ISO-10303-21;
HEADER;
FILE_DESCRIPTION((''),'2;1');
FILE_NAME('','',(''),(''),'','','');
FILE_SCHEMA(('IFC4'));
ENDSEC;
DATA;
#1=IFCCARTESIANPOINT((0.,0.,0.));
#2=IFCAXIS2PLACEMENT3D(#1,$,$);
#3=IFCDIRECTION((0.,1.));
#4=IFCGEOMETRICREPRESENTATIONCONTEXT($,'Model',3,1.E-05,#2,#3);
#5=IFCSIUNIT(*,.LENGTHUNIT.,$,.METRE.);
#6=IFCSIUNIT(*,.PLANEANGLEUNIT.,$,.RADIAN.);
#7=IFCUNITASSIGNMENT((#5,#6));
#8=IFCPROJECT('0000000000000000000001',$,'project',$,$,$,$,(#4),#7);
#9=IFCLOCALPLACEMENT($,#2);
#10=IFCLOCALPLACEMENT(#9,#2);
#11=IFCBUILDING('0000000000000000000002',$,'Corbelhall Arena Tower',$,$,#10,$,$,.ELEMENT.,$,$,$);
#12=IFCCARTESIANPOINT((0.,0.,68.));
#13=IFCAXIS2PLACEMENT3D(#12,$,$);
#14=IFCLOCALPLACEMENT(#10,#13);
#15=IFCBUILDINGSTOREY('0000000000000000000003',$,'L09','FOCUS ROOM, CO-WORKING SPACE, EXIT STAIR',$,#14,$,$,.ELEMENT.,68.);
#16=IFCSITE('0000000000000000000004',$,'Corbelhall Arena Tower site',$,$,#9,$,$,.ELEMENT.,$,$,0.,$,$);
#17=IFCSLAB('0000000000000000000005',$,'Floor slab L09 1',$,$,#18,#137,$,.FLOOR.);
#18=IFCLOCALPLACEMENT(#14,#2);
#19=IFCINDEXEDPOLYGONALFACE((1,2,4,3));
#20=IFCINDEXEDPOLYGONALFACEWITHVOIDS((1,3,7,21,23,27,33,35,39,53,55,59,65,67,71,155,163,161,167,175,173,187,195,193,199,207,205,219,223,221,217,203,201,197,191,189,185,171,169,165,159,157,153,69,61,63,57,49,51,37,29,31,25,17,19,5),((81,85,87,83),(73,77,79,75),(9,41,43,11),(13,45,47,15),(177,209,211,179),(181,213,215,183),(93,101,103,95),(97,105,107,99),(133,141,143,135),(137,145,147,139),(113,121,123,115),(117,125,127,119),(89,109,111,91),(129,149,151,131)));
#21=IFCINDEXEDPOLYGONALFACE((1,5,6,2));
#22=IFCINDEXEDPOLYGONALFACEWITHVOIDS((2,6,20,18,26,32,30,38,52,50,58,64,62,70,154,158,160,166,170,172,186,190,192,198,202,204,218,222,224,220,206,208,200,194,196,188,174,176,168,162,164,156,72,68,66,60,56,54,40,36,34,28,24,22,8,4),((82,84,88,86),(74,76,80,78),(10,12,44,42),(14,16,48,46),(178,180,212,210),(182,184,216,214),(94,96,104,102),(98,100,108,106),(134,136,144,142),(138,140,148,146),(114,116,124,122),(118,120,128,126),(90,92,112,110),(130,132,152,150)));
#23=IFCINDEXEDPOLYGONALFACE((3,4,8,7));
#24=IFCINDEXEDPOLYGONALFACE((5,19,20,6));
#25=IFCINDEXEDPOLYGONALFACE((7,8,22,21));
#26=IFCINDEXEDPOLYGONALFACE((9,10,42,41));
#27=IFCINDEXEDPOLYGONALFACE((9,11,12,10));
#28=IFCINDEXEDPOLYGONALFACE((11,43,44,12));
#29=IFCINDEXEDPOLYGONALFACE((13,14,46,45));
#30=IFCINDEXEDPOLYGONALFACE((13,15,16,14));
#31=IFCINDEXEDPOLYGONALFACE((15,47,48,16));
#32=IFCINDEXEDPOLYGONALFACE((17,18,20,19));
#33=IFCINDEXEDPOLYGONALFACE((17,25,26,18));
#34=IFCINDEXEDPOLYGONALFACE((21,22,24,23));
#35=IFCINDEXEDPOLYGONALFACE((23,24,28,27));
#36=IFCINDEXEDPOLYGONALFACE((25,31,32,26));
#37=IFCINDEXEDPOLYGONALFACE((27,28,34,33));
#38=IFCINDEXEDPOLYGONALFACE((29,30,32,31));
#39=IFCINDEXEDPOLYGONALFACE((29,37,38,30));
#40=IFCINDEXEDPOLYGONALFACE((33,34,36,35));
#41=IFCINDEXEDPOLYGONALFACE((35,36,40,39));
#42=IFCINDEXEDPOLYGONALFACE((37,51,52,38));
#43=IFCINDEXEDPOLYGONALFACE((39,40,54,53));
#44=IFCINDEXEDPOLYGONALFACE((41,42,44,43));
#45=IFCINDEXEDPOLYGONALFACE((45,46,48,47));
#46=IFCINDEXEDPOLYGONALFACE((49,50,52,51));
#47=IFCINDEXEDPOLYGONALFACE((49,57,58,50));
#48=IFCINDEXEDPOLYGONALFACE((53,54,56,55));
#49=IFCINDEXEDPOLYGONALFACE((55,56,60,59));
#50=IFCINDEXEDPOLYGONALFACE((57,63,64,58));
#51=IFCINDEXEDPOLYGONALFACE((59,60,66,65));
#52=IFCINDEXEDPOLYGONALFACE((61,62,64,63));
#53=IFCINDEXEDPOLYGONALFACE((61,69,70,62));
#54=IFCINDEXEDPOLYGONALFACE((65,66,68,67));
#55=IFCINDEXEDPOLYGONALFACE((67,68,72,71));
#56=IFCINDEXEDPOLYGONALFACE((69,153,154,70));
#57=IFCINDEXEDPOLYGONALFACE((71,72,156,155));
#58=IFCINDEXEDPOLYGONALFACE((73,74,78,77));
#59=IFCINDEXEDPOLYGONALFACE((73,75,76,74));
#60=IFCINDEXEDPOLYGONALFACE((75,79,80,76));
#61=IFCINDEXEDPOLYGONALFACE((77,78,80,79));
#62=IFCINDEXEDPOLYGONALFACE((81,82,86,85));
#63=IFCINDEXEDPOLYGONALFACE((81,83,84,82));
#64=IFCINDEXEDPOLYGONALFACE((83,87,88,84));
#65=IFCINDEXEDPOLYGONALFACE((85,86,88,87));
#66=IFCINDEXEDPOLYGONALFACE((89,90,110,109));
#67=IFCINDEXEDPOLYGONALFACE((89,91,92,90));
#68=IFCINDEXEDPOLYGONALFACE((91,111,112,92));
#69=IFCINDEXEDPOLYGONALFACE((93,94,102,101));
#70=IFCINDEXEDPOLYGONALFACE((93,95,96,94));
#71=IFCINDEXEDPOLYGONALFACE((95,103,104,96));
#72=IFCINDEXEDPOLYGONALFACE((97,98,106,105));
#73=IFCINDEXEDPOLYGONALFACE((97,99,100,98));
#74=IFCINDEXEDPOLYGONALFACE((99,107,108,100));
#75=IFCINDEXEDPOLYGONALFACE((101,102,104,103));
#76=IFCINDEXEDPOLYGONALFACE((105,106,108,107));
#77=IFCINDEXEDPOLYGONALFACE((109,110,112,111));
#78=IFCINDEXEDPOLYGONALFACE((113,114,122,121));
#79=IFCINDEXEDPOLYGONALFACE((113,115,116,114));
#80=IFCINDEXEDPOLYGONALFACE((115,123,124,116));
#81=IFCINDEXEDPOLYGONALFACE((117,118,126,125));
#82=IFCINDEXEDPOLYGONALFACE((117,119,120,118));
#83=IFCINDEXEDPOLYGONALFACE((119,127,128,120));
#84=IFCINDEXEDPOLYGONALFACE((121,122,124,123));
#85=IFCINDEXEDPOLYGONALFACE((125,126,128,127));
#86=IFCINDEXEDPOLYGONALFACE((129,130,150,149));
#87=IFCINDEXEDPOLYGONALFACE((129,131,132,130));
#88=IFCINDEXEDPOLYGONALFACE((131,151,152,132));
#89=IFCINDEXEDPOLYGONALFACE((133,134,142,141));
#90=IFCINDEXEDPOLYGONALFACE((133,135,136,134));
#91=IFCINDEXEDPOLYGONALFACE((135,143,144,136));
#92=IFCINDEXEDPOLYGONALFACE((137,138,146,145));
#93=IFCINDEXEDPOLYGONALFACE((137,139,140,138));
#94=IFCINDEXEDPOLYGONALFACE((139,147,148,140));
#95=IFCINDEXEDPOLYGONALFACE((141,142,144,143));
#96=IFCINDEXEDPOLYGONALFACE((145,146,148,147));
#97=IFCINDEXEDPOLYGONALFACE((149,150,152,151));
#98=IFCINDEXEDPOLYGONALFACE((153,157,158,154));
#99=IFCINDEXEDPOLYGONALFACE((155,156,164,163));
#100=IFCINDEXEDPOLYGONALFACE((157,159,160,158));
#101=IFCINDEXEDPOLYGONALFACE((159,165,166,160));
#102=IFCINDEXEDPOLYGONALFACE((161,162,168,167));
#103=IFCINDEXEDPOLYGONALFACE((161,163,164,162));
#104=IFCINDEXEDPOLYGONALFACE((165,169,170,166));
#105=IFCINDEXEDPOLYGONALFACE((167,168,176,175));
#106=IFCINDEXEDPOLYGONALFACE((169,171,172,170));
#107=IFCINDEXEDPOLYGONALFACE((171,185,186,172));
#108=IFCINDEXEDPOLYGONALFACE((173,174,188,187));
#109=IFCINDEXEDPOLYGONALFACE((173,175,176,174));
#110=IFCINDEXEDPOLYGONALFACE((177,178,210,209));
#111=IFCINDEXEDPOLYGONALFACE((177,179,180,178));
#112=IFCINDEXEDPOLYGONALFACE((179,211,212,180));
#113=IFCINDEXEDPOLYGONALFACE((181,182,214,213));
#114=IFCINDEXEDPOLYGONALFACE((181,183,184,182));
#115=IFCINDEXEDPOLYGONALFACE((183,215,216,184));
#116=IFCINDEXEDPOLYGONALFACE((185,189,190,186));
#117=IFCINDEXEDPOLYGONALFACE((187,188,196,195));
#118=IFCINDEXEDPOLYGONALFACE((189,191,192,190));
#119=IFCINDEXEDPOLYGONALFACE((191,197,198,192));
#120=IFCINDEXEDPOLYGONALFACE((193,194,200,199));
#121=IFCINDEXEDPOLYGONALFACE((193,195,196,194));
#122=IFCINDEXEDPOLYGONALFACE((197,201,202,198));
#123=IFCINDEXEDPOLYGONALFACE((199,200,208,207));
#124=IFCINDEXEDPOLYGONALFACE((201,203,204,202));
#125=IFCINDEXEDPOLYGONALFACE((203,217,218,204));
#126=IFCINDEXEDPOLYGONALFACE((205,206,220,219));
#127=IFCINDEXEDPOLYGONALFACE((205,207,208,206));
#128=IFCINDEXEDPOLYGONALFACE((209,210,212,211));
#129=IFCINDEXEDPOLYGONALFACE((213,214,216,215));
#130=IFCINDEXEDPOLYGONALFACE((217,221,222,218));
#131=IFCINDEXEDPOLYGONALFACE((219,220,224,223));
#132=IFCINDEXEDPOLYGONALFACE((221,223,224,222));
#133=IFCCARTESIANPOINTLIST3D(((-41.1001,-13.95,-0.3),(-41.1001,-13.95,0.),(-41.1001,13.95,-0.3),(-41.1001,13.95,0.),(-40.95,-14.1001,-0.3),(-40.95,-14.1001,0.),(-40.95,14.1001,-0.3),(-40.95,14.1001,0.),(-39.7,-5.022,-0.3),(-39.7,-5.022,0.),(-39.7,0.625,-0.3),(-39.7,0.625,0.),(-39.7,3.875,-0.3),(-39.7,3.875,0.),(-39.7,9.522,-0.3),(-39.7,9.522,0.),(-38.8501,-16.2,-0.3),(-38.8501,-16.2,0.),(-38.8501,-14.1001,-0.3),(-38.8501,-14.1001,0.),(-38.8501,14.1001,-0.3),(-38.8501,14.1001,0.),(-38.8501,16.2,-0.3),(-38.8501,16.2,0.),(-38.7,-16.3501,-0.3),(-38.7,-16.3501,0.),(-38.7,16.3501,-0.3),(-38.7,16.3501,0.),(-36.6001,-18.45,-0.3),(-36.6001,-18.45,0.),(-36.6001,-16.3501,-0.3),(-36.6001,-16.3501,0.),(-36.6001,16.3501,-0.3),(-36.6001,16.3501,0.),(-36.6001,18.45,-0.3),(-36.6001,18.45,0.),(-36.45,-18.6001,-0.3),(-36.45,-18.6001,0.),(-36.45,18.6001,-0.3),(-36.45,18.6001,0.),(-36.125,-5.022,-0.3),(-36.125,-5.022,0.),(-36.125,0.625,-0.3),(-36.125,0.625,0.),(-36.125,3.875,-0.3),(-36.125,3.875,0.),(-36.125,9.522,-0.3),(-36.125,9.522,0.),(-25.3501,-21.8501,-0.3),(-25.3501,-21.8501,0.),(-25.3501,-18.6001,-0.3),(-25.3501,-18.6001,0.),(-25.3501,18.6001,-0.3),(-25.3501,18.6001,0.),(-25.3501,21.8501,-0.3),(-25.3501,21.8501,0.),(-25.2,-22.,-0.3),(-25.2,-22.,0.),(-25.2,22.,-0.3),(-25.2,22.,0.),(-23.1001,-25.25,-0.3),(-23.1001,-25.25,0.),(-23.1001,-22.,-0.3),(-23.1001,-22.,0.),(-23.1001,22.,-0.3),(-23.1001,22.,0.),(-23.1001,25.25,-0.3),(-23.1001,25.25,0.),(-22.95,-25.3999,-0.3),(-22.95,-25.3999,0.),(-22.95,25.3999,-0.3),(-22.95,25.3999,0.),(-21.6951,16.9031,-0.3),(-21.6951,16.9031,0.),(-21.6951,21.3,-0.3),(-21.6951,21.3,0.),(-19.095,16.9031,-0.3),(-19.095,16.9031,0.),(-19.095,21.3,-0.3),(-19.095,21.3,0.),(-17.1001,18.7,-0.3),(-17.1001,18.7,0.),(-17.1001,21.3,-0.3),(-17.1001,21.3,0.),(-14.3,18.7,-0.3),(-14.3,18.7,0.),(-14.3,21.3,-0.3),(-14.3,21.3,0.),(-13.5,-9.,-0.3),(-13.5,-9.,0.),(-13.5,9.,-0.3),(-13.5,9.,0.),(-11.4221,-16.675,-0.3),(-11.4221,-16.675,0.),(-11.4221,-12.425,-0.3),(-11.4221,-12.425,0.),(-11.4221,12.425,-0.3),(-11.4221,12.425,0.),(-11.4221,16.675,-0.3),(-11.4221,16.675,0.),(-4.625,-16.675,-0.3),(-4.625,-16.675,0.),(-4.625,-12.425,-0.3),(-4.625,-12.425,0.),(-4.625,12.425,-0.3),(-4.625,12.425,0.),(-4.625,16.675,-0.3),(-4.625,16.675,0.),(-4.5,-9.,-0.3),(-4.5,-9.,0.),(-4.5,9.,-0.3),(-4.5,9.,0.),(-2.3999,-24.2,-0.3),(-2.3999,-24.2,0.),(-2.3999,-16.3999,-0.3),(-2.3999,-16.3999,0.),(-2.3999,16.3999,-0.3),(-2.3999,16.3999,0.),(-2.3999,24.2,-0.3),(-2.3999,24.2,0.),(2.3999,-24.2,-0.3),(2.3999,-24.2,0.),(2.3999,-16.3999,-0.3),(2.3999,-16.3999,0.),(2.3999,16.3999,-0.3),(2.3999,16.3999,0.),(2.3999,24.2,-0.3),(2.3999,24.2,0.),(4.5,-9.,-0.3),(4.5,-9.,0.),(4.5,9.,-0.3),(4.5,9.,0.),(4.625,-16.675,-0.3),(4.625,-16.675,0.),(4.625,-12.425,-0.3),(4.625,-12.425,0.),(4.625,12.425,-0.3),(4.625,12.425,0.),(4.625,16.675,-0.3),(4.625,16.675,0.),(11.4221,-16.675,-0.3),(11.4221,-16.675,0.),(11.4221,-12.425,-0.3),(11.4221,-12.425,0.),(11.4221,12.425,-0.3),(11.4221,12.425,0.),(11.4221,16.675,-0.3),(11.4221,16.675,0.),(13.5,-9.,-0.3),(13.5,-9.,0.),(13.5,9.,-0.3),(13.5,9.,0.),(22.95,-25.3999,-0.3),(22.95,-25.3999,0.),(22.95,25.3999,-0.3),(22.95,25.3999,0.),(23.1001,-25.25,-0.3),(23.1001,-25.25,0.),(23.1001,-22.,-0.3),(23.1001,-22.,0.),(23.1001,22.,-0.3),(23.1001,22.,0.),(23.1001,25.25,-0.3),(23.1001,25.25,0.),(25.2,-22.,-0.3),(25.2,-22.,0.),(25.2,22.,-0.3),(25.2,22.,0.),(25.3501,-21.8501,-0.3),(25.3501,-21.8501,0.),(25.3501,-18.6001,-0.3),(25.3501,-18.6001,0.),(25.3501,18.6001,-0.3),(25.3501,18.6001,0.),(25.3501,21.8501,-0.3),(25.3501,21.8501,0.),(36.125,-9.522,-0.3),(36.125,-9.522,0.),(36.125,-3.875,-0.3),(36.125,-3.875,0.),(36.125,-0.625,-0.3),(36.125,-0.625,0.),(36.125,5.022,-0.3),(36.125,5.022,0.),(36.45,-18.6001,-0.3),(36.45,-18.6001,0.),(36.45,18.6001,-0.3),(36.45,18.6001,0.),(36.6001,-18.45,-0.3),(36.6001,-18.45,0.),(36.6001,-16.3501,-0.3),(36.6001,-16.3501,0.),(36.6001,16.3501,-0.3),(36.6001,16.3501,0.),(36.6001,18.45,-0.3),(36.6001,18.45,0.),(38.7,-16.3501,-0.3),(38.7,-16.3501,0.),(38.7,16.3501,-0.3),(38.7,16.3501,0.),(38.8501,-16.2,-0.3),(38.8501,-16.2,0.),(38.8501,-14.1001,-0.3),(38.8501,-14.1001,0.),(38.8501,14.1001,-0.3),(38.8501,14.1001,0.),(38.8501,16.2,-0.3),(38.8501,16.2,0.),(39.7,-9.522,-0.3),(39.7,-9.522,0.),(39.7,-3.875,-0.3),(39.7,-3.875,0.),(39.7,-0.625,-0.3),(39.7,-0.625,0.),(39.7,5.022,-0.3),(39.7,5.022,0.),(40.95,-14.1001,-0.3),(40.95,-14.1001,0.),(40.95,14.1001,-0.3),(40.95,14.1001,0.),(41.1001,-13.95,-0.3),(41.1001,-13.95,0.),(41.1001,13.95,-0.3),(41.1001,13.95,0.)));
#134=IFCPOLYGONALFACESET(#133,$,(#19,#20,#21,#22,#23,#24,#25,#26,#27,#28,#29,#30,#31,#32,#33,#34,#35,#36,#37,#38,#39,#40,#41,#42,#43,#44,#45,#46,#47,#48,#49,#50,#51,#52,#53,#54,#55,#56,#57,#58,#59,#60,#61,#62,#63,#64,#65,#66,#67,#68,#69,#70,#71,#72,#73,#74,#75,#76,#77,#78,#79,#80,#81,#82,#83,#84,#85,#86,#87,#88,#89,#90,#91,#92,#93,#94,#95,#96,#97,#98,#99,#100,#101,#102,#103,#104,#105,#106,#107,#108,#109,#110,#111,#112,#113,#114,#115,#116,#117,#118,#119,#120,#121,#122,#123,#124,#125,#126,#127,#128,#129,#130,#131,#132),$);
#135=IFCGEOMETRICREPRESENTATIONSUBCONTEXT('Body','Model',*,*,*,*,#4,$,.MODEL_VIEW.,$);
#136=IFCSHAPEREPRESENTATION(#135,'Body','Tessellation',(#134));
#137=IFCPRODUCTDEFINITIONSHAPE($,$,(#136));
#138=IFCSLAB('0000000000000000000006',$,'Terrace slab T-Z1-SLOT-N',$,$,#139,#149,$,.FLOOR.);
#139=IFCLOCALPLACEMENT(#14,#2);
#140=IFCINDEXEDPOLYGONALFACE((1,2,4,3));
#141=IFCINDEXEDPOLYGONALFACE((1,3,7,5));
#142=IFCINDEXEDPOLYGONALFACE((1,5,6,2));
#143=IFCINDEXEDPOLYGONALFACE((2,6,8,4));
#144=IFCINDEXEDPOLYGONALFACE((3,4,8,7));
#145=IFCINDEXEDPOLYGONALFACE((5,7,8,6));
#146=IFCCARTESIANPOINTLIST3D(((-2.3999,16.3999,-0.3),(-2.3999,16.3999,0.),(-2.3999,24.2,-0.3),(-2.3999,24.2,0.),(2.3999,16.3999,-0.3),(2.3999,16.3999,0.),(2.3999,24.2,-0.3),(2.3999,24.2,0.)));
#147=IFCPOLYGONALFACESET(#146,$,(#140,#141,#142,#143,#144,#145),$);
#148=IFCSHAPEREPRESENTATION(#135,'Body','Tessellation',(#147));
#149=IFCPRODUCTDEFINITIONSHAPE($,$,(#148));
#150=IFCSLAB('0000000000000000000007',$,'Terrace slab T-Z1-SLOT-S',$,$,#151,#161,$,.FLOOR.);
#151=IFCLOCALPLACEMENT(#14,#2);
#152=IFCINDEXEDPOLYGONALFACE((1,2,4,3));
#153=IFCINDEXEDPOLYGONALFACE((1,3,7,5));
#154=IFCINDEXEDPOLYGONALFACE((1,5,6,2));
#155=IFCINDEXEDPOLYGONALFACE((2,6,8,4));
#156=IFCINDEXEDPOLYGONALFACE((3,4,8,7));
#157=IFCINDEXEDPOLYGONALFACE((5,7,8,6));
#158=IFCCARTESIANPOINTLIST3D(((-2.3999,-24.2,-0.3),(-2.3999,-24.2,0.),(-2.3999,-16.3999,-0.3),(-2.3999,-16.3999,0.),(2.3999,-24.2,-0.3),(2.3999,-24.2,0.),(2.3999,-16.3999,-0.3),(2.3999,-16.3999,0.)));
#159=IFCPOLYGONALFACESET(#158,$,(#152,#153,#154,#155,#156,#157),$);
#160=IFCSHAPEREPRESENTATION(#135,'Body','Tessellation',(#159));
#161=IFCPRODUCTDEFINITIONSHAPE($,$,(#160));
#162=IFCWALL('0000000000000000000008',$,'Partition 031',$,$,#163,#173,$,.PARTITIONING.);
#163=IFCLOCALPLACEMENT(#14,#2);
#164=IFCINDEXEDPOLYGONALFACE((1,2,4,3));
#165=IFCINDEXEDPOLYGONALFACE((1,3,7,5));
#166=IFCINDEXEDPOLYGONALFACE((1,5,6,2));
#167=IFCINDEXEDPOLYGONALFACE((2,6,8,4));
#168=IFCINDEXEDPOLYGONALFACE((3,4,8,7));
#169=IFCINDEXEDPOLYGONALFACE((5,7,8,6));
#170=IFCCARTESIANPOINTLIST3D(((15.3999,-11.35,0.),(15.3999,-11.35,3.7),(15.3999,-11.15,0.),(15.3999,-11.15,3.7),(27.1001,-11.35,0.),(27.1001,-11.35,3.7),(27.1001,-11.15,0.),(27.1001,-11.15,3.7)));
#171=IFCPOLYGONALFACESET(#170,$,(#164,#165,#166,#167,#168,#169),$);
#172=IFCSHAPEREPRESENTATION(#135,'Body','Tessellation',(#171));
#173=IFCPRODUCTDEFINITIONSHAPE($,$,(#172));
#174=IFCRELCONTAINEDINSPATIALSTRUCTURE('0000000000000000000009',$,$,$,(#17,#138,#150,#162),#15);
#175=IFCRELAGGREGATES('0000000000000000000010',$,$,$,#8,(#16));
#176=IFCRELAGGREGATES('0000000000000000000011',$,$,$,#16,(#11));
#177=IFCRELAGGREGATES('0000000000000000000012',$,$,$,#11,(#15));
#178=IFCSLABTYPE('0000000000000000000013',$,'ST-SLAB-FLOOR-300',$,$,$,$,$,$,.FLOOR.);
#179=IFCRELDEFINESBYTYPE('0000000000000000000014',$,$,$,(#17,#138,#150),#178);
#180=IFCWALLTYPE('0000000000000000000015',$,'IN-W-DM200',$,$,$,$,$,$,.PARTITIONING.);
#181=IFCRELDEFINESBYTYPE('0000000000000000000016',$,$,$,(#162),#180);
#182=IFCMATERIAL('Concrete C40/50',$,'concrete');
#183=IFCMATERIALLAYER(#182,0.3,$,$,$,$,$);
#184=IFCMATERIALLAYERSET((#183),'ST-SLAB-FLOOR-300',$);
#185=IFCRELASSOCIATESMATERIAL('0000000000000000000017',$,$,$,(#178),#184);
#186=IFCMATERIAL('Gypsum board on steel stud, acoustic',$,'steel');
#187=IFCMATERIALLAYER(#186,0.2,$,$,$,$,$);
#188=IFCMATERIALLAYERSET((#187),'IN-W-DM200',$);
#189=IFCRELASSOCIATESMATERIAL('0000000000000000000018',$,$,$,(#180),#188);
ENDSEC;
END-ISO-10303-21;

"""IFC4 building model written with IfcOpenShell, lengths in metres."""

from ifc_helpers import new_model, si_unit, direction, frame, frame_2d, origin, place, context, subcontext, project, spatial, polyline, rectangle, outline, extrude, material, layer, layer_set, type_object, element, save


model = new_model("IFC4")

# Units and contexts
model_context = context("Model", 3, precision=1e-05, world=origin(), true_north=direction((0.0, 1.0)))
body_context = subcontext(model_context, "Body", "Model", "MODEL_VIEW")
ifc_project = project(units=[si_unit("LENGTHUNIT", "METRE"), si_unit("PLANEANGLEUNIT", "RADIAN")], contexts=[model_context])

# Site, building, storey
site_placement = place(None, origin())
site = spatial("IfcSite", under=ifc_project, at=site_placement, Name="Corbelhall Arena Tower site", CompositionType="ELEMENT", RefElevation=0.0)
building_placement = place(site_placement, origin())
building = spatial("IfcBuilding", under=site, at=building_placement, Name="Corbelhall Arena Tower", CompositionType="ELEMENT")
storey_placement = place(building_placement, frame((0.0, 0.0, 68.0)))
storey = spatial("IfcBuildingStorey", under=building, at=storey_placement, Name="L09", Description="FOCUS ROOM, CO-WORKING SPACE, EXIT STAIR", CompositionType="ELEMENT", Elevation=68.0)

# Slabs
ifc_material_1 = material(Name="Concrete C40/50", Category="concrete")
ifc_layer_1 = layer(ifc_material_1, 0.3)
ifc_layer_set_1 = layer_set([ifc_layer_1], Name="ST-SLAB-FLOOR-300")
slab_type_1 = type_object("IfcSlabType", Name="ST-SLAB-FLOOR-300", PredefinedType="FLOOR", material=ifc_layer_set_1)
slab_1_placement = place(storey_placement, frame((0.0, 0.0, -0.3)))
element("IfcSlab", 1, at=slab_1_placement, inside=storey, type_object=slab_type_1, Name="Floor slab L09 1", PredefinedType="FLOOR", context=body_context, shape_type="SweptSolid", body=[
    extrude(outline(polyline([(41.1001, 13.95), (40.95, 14.1001), (38.8501, 14.1001), (38.8501, 16.2), (38.7, 16.3501), (36.6001, 16.3501), (36.6001, 18.45), (36.45, 18.6001), (25.3501, 18.6001), (25.3501, 21.8501), (25.2, 22.0), (23.1001, 22.0), (23.1001, 25.25), (22.95, 25.3999), (-22.95, 25.3999), (-23.1001, 25.25), (-23.1001, 22.0), (-25.2, 22.0), (-25.3501, 21.8501), (-25.3501, 18.6001), (-36.45, 18.6001), (-36.6001, 18.45), (-36.6001, 16.3501), (-38.7, 16.3501), (-38.8501, 16.2), (-38.8501, 14.1001), (-40.95, 14.1001), (-41.1001, 13.95), (-41.1001, -13.95), (-40.95, -14.1001), (-38.8501, -14.1001), (-38.8501, -16.2), (-38.7, -16.3501), (-36.6001, -16.3501), (-36.6001, -18.45), (-36.45, -18.6001), (-25.3501, -18.6001), (-25.3501, -21.8501), (-25.2, -22.0), (-23.1001, -22.0), (-23.1001, -25.25), (-22.95, -25.3999), (22.95, -25.3999), (23.1001, -25.25), (23.1001, -22.0), (25.2, -22.0), (25.3501, -21.8501), (25.3501, -18.6001), (36.45, -18.6001), (36.6001, -18.45), (36.6001, -16.3501), (38.7, -16.3501), (38.8501, -16.2), (38.8501, -14.1001), (40.95, -14.1001), (41.1001, -13.95), (41.1001, 13.95)]), holes=[polyline([(2.3999, -16.3999), (-2.3999, -16.3999), (-2.3999, -24.2), (2.3999, -24.2), (2.3999, -16.3999)]), polyline([(-2.3999, 24.2), (-2.3999, 16.3999), (2.3999, 16.3999), (2.3999, 24.2), (-2.3999, 24.2)]), polyline([(-13.5, 9.0), (-13.5, -9.0), (-4.5, -9.0), (-4.5, 9.0), (-13.5, 9.0)]), polyline([(4.5, 9.0), (4.5, -9.0), (13.5, -9.0), (13.5, 9.0), (4.5, 9.0)]), polyline([(-4.625, 16.675), (-11.4221, 16.675), (-11.4221, 12.425), (-4.625, 12.425), (-4.625, 16.675)]), polyline([(-4.625, -16.675), (-4.625, -12.425), (-11.4221, -12.425), (-11.4221, -16.675), (-4.625, -16.675)]), polyline([(11.4221, 16.675), (4.625, 16.675), (4.625, 12.425), (11.4221, 12.425), (11.4221, 16.675)]), polyline([(11.4221, -16.675), (11.4221, -12.425), (4.625, -12.425), (4.625, -16.675), (11.4221, -16.675)]), polyline([(-36.125, 3.875), (-36.125, 9.522), (-39.7, 9.522), (-39.7, 3.875), (-36.125, 3.875)]), polyline([(-36.125, 0.625), (-39.7, 0.625), (-39.7, -5.022), (-36.125, -5.022), (-36.125, 0.625)]), polyline([(39.7, -9.522), (39.7, -3.875), (36.125, -3.875), (36.125, -9.522), (39.7, -9.522)]), polyline([(39.7, 5.022), (36.125, 5.022), (36.125, -0.625), (39.7, -0.625), (39.7, 5.022)]), polyline([(-21.6951, 21.3), (-21.6951, 16.9031), (-19.095, 16.9031), (-19.095, 21.3), (-21.6951, 21.3)]), polyline([(-14.3, 21.3), (-17.1001, 21.3), (-17.1001, 18.7), (-14.3, 18.7), (-14.3, 21.3)])]), origin(), (0.0, 0.0, 1.0), 0.3),
])
slab_2_placement = place(storey_placement, frame((0.0, 0.0, -0.3)))
element("IfcSlab", 2, at=slab_2_placement, inside=storey, type_object=slab_type_1, Name="Terrace slab T-Z1-SLOT-N", PredefinedType="FLOOR", context=body_context, shape_type="SweptSolid", body=[
    extrude(outline(polyline([(2.3999, 16.3999), (2.3999, 24.2), (-2.3999, 24.2), (-2.3999, 16.3999), (2.3999, 16.3999)])), origin(), (0.0, 0.0, 1.0), 0.3),
])
slab_3_placement = place(storey_placement, frame((0.0, 0.0, -0.3)))
element("IfcSlab", 3, at=slab_3_placement, inside=storey, type_object=slab_type_1, Name="Terrace slab T-Z1-SLOT-S", PredefinedType="FLOOR", context=body_context, shape_type="SweptSolid", body=[
    extrude(outline(polyline([(2.3999, -24.2), (2.3999, -16.3999), (-2.3999, -16.3999), (-2.3999, -24.2), (2.3999, -24.2)])), origin(), (0.0, 0.0, 1.0), 0.3),
])

# Wall
ifc_material_2 = material(Name="Gypsum board on steel stud, acoustic", Category="steel")
ifc_layer_2 = layer(ifc_material_2, 0.2)
ifc_layer_set_2 = layer_set([ifc_layer_2], Name="IN-W-DM200")
wall_type_1 = type_object("IfcWallType", Name="IN-W-DM200", PredefinedType="PARTITIONING", material=ifc_layer_set_2)
wall_1_placement = place(storey_placement, frame((15.3999, -11.25, 0.0), z_axis=(0.0, 0.0, 1.0), x_axis=(1.0, 0.0, 0.0)))
element("IfcWall", 4, at=wall_1_placement, inside=storey, type_object=wall_type_1, Name="Partition 031", PredefinedType="PARTITIONING", context=body_context, shape_type="SweptSolid", body=[
    extrude(rectangle(XDim=11.7002, YDim=0.2, at=frame_2d((5.8501, 0.0))), origin(), (0.0, 0.0, 1.0), 3.7),
])

save(model, "model.ifc")
